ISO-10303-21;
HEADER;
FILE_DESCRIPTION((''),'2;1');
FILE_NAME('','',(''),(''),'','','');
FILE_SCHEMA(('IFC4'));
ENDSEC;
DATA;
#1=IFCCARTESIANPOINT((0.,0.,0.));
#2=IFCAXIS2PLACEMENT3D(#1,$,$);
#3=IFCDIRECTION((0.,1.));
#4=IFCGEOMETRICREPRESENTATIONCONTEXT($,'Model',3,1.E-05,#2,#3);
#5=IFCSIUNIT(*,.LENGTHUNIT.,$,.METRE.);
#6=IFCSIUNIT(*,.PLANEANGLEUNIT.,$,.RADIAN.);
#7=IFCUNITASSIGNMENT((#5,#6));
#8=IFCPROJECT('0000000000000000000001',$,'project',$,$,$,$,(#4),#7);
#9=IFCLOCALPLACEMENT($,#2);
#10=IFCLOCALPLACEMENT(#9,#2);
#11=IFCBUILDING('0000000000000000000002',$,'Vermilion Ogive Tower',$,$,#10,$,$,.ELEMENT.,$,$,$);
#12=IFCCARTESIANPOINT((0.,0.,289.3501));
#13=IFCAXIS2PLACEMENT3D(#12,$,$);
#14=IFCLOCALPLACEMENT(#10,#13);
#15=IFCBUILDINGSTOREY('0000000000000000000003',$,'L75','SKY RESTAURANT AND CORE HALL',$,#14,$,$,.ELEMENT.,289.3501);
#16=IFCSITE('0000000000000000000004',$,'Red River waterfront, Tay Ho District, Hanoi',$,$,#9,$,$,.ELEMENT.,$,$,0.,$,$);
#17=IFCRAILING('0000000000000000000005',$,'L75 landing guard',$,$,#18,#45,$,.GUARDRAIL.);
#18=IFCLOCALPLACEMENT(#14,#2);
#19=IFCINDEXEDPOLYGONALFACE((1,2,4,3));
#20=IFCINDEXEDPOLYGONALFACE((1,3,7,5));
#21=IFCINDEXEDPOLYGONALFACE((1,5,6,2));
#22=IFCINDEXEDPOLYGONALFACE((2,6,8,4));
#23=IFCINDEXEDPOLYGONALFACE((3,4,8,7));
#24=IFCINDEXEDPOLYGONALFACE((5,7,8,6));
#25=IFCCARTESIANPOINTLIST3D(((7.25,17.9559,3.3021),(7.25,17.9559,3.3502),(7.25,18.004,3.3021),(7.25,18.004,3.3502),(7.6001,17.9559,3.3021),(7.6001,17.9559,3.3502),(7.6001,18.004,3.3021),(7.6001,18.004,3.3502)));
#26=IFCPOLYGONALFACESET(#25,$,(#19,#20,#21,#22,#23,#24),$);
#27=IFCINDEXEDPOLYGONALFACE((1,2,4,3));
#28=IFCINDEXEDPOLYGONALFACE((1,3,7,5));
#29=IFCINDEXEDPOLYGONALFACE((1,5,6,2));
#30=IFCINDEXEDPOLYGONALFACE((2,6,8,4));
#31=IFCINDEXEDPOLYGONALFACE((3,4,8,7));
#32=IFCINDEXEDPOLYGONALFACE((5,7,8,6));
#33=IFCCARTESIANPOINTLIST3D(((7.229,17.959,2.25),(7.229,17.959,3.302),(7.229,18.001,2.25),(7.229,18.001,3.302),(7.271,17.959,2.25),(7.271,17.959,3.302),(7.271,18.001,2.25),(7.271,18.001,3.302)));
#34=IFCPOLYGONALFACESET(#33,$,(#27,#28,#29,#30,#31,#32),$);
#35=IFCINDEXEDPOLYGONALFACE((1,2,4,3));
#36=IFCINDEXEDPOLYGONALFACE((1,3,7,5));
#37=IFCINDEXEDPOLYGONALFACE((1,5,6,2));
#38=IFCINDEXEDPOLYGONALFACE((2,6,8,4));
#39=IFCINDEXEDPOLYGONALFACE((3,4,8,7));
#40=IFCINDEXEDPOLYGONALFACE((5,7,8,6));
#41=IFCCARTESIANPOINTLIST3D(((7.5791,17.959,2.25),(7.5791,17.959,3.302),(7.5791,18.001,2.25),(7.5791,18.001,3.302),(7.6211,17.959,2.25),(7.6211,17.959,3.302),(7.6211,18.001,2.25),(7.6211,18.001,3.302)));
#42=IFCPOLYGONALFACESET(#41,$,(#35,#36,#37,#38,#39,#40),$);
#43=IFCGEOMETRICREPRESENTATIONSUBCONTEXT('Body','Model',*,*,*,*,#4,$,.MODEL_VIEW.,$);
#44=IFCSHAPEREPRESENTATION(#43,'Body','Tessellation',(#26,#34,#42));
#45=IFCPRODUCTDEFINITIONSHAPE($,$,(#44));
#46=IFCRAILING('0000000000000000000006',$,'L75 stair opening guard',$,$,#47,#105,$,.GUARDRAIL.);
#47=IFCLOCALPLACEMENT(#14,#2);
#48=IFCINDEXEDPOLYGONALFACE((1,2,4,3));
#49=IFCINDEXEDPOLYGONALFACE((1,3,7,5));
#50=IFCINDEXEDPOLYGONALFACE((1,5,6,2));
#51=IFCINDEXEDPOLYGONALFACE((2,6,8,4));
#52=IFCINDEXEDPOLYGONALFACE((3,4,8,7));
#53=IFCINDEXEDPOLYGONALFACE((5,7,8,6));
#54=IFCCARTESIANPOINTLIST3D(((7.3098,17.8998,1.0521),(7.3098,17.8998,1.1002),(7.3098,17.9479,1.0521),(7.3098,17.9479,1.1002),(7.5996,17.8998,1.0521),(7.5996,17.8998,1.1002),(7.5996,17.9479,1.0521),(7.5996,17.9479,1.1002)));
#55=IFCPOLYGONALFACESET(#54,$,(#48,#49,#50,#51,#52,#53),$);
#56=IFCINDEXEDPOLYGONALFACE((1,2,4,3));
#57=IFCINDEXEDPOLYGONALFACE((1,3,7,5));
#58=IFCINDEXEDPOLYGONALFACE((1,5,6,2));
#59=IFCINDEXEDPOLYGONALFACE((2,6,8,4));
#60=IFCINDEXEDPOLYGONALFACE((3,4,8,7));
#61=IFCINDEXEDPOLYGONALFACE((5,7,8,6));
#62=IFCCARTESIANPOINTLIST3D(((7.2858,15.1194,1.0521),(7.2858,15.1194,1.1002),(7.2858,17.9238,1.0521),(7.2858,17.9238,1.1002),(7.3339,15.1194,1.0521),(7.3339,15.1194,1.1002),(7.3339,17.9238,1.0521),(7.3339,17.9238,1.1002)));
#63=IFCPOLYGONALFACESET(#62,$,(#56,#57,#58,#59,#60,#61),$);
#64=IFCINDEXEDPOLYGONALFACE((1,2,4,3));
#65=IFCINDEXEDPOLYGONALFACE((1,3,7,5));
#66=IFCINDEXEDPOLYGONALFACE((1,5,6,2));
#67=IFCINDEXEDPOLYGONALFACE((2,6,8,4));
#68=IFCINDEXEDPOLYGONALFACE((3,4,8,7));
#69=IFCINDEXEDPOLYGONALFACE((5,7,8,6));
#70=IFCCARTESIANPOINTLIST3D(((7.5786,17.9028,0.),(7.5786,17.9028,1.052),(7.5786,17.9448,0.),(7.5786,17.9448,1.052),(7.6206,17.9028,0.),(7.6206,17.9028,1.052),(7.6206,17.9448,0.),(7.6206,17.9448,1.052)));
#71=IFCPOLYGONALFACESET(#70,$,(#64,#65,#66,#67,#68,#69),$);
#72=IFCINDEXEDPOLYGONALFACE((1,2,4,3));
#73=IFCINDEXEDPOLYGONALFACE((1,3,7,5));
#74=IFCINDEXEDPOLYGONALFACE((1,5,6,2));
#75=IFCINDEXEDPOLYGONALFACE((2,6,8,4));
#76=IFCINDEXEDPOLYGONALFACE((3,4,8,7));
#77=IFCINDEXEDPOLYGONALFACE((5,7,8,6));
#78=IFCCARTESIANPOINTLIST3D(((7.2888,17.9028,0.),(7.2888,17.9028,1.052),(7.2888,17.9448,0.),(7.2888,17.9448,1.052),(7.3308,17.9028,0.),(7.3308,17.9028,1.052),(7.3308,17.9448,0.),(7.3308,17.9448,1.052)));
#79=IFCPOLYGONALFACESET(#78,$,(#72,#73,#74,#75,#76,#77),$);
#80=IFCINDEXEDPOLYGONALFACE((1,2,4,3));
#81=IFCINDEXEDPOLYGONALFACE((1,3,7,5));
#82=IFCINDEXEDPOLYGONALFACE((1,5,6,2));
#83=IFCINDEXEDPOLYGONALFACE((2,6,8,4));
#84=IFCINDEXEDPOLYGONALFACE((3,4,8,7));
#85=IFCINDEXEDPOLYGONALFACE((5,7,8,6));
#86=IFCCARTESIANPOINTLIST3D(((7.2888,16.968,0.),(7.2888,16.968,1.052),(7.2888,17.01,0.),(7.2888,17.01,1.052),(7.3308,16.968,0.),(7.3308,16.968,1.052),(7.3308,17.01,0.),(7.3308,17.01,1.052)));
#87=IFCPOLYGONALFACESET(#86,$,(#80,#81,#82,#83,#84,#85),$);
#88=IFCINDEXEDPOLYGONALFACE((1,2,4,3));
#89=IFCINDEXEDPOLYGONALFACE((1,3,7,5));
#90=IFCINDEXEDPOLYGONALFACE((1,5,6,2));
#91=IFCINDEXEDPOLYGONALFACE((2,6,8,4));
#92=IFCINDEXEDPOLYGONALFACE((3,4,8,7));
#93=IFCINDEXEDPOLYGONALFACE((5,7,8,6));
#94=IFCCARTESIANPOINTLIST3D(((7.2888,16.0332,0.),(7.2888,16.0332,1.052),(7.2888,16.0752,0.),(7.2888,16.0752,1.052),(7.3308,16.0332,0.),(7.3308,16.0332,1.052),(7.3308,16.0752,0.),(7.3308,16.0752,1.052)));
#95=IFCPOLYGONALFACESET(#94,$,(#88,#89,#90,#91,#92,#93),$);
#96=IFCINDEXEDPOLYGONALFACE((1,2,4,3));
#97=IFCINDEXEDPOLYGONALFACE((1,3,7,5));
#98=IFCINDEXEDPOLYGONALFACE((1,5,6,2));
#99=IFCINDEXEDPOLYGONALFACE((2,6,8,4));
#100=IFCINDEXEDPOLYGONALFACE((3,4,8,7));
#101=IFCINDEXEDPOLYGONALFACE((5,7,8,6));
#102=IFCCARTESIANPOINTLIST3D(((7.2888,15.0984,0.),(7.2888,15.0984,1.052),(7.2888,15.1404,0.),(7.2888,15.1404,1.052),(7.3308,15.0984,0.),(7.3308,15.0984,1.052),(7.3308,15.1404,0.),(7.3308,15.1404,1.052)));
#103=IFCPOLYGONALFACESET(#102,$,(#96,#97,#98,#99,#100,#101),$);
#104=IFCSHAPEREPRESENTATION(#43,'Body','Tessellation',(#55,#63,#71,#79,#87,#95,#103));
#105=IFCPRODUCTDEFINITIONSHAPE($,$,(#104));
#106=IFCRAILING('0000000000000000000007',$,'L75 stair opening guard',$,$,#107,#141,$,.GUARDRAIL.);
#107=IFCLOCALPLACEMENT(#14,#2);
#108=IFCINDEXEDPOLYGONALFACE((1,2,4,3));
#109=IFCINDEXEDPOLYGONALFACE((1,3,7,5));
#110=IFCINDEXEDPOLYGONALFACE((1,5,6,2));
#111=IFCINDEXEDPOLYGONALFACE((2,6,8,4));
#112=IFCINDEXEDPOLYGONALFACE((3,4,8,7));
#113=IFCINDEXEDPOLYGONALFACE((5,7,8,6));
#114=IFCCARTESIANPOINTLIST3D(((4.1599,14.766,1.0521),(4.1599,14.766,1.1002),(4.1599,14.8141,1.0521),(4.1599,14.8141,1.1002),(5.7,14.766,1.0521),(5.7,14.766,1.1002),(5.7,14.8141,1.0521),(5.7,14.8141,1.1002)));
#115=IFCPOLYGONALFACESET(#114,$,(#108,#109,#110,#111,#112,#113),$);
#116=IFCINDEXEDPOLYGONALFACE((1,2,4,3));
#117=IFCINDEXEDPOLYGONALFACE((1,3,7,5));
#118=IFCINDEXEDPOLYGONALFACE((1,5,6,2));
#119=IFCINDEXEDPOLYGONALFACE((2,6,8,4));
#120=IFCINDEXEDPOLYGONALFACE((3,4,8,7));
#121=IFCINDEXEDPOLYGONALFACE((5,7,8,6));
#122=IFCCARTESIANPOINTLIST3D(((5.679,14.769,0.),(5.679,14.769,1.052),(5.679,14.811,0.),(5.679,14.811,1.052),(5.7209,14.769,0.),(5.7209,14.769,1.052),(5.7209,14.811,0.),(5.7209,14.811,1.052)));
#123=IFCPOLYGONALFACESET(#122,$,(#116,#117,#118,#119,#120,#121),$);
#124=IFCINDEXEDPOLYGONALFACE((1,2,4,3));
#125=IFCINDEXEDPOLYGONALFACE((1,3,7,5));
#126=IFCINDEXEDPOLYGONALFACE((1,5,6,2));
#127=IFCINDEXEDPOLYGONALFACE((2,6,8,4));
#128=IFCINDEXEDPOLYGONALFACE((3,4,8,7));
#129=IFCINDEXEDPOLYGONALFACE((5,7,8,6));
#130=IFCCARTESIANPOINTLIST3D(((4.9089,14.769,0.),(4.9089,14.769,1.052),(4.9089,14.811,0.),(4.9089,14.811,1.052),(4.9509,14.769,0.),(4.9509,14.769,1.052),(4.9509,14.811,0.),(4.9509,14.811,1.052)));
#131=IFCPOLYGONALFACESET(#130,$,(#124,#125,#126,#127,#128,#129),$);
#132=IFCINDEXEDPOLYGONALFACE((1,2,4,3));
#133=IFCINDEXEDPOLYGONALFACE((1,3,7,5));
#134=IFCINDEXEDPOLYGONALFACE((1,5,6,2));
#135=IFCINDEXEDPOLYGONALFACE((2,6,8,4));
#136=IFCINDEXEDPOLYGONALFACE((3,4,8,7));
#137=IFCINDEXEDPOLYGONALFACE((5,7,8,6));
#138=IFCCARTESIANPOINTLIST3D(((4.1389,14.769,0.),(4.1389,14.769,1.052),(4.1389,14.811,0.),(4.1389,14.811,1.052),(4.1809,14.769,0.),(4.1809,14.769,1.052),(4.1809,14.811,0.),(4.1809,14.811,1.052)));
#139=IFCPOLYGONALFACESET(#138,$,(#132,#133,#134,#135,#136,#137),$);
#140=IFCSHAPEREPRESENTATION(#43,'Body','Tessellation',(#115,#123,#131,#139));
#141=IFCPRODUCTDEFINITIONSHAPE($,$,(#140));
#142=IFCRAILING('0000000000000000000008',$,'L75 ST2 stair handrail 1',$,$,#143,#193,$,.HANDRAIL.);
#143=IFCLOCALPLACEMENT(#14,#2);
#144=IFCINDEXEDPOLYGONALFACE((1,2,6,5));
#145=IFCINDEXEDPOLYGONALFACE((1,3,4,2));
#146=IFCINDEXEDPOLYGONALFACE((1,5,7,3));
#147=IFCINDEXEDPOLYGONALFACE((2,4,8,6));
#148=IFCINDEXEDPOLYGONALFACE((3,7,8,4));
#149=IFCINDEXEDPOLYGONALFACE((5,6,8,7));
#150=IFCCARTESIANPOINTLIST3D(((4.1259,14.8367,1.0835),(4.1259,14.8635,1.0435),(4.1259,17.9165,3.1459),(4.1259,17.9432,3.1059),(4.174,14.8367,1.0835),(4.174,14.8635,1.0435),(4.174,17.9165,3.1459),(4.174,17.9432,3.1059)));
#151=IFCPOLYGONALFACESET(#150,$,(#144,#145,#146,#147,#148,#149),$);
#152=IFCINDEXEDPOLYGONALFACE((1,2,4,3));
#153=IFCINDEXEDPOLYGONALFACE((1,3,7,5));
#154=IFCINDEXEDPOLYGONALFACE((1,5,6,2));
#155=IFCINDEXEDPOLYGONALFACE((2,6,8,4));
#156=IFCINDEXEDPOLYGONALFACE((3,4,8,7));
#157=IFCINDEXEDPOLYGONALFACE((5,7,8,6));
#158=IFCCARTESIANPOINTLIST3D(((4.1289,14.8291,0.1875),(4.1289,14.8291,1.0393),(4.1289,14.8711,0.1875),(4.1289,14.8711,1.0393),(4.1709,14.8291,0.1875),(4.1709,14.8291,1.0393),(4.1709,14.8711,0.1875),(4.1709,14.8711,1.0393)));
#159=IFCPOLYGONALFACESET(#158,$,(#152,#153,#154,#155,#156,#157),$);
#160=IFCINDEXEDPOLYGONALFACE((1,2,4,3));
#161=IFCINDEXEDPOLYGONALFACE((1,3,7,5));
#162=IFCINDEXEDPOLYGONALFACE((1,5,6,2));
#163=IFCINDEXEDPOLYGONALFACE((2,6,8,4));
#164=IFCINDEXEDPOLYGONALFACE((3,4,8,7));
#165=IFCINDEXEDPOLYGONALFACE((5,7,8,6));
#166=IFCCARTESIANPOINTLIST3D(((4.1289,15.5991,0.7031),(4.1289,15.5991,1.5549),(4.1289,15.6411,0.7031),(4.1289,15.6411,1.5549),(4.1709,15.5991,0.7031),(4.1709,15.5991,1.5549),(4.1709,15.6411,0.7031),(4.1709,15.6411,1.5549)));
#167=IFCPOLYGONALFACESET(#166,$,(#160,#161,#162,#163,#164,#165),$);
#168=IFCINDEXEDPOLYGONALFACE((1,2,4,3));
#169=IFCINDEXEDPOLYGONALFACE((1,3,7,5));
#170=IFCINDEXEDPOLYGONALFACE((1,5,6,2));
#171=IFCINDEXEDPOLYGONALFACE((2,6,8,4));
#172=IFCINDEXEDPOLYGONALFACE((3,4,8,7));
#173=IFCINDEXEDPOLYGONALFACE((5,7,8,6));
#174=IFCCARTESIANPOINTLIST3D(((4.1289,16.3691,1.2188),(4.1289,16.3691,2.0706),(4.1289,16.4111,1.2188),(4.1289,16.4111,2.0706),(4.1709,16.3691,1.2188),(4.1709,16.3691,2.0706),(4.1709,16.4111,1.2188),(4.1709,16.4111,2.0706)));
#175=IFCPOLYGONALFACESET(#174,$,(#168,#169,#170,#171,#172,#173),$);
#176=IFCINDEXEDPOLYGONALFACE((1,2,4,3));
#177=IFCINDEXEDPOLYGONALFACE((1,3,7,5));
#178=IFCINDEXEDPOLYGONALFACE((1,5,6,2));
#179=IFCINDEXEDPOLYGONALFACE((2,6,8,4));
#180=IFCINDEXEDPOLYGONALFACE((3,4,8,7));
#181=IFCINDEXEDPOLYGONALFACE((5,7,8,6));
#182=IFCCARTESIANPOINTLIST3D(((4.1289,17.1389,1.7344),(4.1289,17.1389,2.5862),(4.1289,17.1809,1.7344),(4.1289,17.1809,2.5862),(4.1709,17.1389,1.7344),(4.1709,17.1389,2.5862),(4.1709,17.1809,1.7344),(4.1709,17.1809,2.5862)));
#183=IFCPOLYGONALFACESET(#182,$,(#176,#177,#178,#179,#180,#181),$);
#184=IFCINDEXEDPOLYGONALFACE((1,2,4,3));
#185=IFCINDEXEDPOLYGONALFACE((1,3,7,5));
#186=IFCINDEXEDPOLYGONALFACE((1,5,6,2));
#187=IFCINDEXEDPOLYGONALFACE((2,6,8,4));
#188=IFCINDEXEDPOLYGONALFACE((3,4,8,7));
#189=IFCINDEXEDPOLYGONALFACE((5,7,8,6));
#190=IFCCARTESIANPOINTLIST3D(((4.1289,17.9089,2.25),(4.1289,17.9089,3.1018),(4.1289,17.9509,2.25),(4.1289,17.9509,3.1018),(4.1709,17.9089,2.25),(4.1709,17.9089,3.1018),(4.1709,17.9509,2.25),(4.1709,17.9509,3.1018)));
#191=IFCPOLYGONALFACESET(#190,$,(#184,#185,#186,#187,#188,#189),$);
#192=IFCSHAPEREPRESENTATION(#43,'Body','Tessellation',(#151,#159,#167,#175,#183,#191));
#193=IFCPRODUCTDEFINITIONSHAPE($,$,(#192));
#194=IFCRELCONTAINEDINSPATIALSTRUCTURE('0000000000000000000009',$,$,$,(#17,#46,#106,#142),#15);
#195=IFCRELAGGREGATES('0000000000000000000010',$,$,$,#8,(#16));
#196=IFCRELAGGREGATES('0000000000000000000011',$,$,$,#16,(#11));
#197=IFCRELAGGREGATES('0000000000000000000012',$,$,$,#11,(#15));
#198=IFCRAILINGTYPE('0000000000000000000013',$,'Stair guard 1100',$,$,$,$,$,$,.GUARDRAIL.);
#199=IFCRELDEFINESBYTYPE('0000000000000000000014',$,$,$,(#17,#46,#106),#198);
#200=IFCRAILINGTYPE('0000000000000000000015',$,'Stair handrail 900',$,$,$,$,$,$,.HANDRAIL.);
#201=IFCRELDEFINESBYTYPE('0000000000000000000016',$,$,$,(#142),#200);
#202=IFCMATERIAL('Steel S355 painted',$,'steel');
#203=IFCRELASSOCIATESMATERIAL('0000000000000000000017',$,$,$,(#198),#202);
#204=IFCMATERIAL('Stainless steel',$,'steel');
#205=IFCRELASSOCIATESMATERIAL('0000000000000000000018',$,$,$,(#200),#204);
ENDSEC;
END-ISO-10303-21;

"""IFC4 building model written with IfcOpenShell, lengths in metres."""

from ifc_helpers import new_model, si_unit, direction, frame, origin, origin_2d, place, context, subcontext, project, spatial, rectangle, extrude, material, type_object, element, save


model = new_model("IFC4")

# Units and contexts
model_context = context("Model", 3, precision=1e-05, world=origin(), true_north=direction((0.0, 1.0)))
body_context = subcontext(model_context, "Body", "Model", "MODEL_VIEW")
ifc_project = project(units=[si_unit("LENGTHUNIT", "METRE"), si_unit("PLANEANGLEUNIT", "RADIAN")], contexts=[model_context])

# Site, building, storey
site_placement = place(None, origin())
site = spatial("IfcSite", under=ifc_project, at=site_placement, Name="Red River waterfront, Tay Ho District, Hanoi", CompositionType="ELEMENT", RefElevation=0.0)
building_placement = place(site_placement, origin())
building = spatial("IfcBuilding", under=site, at=building_placement, Name="Vermilion Ogive Tower", CompositionType="ELEMENT")
storey_placement = place(building_placement, frame((0.0, 0.0, 289.3501)))
storey = spatial("IfcBuildingStorey", under=building, at=storey_placement, Name="L75", Description="SKY RESTAURANT AND CORE HALL", CompositionType="ELEMENT", Elevation=289.3501)

# Railings
ifc_material_1 = material(Name="Steel S355 painted", Category="steel")
railing_type_1 = type_object("IfcRailingType", Name="Stair guard 1100", PredefinedType="GUARDRAIL", material=ifc_material_1)
railing_1_placement = place(storey_placement, frame((7.25, 17.98, 2.25)))
element("IfcRailing", 1, at=railing_1_placement, inside=storey, type_object=railing_type_1, Name="L75 landing guard", PredefinedType="GUARDRAIL", context=body_context, shape_type="SweptSolid", body=[
    extrude(rectangle(XDim=0.0481, YDim=0.0481, at=origin_2d()), frame((0.0, 0.0, 1.0762), z_axis=(1.0, 0.0, 0.0), x_axis=(0.0, 1.0, 0.0)), (0.0, 0.0, 1.0), 0.3501),
    extrude(rectangle(XDim=0.042, YDim=0.042, at=origin_2d()), origin(), (0.0, 0.0, 1.0), 1.052),
    extrude(rectangle(XDim=0.042, YDim=0.042, at=origin_2d()), frame((0.3501, 0.0, 0.0)), (0.0, 0.0, 1.0), 1.052),
])
railing_2_placement = place(storey_placement, frame((7.5996, 17.9238, 0.0)))
element("IfcRailing", 2, at=railing_2_placement, inside=storey, type_object=railing_type_1, Name="L75 stair opening guard", PredefinedType="GUARDRAIL", context=body_context, shape_type="SweptSolid", body=[
    extrude(rectangle(XDim=0.0481, YDim=0.0481, at=origin_2d()), frame((0.0, 0.0, 1.0762), z_axis=(-1.0, 0.0, 0.0), x_axis=(0.0, -1.0, 0.0)), (0.0, 0.0, 1.0), 0.2898),
    extrude(rectangle(XDim=0.0481, YDim=0.0481, at=origin_2d()), frame((-0.2898, 0.0, 1.0762), z_axis=(0.0, -1.0, 0.0), x_axis=(1.0, 0.0, 0.0)), (0.0, 0.0, 1.0), 2.8044),
    extrude(rectangle(XDim=0.042, YDim=0.042, at=origin_2d()), origin(), (0.0, 0.0, 1.0), 1.052),
    extrude(rectangle(XDim=0.042, YDim=0.042, at=origin_2d()), frame((-0.2898, 0.0, 0.0)), (0.0, 0.0, 1.0), 1.052),
    extrude(rectangle(XDim=0.042, YDim=0.042, at=origin_2d()), frame((-0.2898, -0.9348, 0.0)), (0.0, 0.0, 1.0), 1.052),
    extrude(rectangle(XDim=0.042, YDim=0.042, at=origin_2d()), frame((-0.2898, -1.8696, 0.0)), (0.0, 0.0, 1.0), 1.052),
    extrude(rectangle(XDim=0.042, YDim=0.042, at=origin_2d()), frame((-0.2898, -2.8044, 0.0)), (0.0, 0.0, 1.0), 1.052),
])
railing_3_placement = place(storey_placement, frame((5.7, 14.79, 0.0)))
element("IfcRailing", 3, at=railing_3_placement, inside=storey, type_object=railing_type_1, Name="L75 stair opening guard", PredefinedType="GUARDRAIL", context=body_context, shape_type="SweptSolid", body=[
    extrude(rectangle(XDim=0.0481, YDim=0.0481, at=origin_2d()), frame((0.0, 0.0, 1.0762), z_axis=(-1.0, 0.0, 0.0), x_axis=(0.0, -1.0, 0.0)), (0.0, 0.0, 1.0), 1.54),
    extrude(rectangle(XDim=0.042, YDim=0.042, at=origin_2d()), origin(), (0.0, 0.0, 1.0), 1.052),
    extrude(rectangle(XDim=0.042, YDim=0.042, at=origin_2d()), frame((-0.77, 0.0, 0.0)), (0.0, 0.0, 1.0), 1.052),
    extrude(rectangle(XDim=0.042, YDim=0.042, at=origin_2d()), frame((-1.54, 0.0, 0.0)), (0.0, 0.0, 1.0), 1.052),
])
ifc_material_2 = material(Name="Stainless steel", Category="steel")
railing_type_2 = type_object("IfcRailingType", Name="Stair handrail 900", PredefinedType="HANDRAIL", material=ifc_material_2)
railing_4_placement = place(storey_placement, frame((4.1499, 14.8501, 0.1875)))
element("IfcRailing", 4, at=railing_4_placement, inside=storey, type_object=railing_type_2, Name="L75 ST2 stair handrail 1", PredefinedType="HANDRAIL", context=body_context, shape_type="SweptSolid", body=[
    extrude(rectangle(XDim=0.0481, YDim=0.0481, at=origin_2d()), frame((0.0, 0.0, 0.876), z_axis=(0.0, 0.830893, 0.556432), x_axis=(-1.0, 0.0, 0.0)), (0.0, 0.0, 1.0), 3.7065),
    extrude(rectangle(XDim=0.042, YDim=0.042, at=origin_2d()), origin(), (0.0, 0.0, 1.0), 0.8518),
    extrude(rectangle(XDim=0.042, YDim=0.042, at=origin_2d()), frame((0.0, 0.77, 0.5156)), (0.0, 0.0, 1.0), 0.8518),
    extrude(rectangle(XDim=0.042, YDim=0.042, at=origin_2d()), frame((0.0, 1.54, 1.0312)), (0.0, 0.0, 1.0), 0.8518),
    extrude(rectangle(XDim=0.042, YDim=0.042, at=origin_2d()), frame((0.0, 2.3098, 1.5469)), (0.0, 0.0, 1.0), 0.8518),
    extrude(rectangle(XDim=0.042, YDim=0.042, at=origin_2d()), frame((0.0, 3.0798, 2.0625)), (0.0, 0.0, 1.0), 0.8518),
])

save(model, "model.ifc")
